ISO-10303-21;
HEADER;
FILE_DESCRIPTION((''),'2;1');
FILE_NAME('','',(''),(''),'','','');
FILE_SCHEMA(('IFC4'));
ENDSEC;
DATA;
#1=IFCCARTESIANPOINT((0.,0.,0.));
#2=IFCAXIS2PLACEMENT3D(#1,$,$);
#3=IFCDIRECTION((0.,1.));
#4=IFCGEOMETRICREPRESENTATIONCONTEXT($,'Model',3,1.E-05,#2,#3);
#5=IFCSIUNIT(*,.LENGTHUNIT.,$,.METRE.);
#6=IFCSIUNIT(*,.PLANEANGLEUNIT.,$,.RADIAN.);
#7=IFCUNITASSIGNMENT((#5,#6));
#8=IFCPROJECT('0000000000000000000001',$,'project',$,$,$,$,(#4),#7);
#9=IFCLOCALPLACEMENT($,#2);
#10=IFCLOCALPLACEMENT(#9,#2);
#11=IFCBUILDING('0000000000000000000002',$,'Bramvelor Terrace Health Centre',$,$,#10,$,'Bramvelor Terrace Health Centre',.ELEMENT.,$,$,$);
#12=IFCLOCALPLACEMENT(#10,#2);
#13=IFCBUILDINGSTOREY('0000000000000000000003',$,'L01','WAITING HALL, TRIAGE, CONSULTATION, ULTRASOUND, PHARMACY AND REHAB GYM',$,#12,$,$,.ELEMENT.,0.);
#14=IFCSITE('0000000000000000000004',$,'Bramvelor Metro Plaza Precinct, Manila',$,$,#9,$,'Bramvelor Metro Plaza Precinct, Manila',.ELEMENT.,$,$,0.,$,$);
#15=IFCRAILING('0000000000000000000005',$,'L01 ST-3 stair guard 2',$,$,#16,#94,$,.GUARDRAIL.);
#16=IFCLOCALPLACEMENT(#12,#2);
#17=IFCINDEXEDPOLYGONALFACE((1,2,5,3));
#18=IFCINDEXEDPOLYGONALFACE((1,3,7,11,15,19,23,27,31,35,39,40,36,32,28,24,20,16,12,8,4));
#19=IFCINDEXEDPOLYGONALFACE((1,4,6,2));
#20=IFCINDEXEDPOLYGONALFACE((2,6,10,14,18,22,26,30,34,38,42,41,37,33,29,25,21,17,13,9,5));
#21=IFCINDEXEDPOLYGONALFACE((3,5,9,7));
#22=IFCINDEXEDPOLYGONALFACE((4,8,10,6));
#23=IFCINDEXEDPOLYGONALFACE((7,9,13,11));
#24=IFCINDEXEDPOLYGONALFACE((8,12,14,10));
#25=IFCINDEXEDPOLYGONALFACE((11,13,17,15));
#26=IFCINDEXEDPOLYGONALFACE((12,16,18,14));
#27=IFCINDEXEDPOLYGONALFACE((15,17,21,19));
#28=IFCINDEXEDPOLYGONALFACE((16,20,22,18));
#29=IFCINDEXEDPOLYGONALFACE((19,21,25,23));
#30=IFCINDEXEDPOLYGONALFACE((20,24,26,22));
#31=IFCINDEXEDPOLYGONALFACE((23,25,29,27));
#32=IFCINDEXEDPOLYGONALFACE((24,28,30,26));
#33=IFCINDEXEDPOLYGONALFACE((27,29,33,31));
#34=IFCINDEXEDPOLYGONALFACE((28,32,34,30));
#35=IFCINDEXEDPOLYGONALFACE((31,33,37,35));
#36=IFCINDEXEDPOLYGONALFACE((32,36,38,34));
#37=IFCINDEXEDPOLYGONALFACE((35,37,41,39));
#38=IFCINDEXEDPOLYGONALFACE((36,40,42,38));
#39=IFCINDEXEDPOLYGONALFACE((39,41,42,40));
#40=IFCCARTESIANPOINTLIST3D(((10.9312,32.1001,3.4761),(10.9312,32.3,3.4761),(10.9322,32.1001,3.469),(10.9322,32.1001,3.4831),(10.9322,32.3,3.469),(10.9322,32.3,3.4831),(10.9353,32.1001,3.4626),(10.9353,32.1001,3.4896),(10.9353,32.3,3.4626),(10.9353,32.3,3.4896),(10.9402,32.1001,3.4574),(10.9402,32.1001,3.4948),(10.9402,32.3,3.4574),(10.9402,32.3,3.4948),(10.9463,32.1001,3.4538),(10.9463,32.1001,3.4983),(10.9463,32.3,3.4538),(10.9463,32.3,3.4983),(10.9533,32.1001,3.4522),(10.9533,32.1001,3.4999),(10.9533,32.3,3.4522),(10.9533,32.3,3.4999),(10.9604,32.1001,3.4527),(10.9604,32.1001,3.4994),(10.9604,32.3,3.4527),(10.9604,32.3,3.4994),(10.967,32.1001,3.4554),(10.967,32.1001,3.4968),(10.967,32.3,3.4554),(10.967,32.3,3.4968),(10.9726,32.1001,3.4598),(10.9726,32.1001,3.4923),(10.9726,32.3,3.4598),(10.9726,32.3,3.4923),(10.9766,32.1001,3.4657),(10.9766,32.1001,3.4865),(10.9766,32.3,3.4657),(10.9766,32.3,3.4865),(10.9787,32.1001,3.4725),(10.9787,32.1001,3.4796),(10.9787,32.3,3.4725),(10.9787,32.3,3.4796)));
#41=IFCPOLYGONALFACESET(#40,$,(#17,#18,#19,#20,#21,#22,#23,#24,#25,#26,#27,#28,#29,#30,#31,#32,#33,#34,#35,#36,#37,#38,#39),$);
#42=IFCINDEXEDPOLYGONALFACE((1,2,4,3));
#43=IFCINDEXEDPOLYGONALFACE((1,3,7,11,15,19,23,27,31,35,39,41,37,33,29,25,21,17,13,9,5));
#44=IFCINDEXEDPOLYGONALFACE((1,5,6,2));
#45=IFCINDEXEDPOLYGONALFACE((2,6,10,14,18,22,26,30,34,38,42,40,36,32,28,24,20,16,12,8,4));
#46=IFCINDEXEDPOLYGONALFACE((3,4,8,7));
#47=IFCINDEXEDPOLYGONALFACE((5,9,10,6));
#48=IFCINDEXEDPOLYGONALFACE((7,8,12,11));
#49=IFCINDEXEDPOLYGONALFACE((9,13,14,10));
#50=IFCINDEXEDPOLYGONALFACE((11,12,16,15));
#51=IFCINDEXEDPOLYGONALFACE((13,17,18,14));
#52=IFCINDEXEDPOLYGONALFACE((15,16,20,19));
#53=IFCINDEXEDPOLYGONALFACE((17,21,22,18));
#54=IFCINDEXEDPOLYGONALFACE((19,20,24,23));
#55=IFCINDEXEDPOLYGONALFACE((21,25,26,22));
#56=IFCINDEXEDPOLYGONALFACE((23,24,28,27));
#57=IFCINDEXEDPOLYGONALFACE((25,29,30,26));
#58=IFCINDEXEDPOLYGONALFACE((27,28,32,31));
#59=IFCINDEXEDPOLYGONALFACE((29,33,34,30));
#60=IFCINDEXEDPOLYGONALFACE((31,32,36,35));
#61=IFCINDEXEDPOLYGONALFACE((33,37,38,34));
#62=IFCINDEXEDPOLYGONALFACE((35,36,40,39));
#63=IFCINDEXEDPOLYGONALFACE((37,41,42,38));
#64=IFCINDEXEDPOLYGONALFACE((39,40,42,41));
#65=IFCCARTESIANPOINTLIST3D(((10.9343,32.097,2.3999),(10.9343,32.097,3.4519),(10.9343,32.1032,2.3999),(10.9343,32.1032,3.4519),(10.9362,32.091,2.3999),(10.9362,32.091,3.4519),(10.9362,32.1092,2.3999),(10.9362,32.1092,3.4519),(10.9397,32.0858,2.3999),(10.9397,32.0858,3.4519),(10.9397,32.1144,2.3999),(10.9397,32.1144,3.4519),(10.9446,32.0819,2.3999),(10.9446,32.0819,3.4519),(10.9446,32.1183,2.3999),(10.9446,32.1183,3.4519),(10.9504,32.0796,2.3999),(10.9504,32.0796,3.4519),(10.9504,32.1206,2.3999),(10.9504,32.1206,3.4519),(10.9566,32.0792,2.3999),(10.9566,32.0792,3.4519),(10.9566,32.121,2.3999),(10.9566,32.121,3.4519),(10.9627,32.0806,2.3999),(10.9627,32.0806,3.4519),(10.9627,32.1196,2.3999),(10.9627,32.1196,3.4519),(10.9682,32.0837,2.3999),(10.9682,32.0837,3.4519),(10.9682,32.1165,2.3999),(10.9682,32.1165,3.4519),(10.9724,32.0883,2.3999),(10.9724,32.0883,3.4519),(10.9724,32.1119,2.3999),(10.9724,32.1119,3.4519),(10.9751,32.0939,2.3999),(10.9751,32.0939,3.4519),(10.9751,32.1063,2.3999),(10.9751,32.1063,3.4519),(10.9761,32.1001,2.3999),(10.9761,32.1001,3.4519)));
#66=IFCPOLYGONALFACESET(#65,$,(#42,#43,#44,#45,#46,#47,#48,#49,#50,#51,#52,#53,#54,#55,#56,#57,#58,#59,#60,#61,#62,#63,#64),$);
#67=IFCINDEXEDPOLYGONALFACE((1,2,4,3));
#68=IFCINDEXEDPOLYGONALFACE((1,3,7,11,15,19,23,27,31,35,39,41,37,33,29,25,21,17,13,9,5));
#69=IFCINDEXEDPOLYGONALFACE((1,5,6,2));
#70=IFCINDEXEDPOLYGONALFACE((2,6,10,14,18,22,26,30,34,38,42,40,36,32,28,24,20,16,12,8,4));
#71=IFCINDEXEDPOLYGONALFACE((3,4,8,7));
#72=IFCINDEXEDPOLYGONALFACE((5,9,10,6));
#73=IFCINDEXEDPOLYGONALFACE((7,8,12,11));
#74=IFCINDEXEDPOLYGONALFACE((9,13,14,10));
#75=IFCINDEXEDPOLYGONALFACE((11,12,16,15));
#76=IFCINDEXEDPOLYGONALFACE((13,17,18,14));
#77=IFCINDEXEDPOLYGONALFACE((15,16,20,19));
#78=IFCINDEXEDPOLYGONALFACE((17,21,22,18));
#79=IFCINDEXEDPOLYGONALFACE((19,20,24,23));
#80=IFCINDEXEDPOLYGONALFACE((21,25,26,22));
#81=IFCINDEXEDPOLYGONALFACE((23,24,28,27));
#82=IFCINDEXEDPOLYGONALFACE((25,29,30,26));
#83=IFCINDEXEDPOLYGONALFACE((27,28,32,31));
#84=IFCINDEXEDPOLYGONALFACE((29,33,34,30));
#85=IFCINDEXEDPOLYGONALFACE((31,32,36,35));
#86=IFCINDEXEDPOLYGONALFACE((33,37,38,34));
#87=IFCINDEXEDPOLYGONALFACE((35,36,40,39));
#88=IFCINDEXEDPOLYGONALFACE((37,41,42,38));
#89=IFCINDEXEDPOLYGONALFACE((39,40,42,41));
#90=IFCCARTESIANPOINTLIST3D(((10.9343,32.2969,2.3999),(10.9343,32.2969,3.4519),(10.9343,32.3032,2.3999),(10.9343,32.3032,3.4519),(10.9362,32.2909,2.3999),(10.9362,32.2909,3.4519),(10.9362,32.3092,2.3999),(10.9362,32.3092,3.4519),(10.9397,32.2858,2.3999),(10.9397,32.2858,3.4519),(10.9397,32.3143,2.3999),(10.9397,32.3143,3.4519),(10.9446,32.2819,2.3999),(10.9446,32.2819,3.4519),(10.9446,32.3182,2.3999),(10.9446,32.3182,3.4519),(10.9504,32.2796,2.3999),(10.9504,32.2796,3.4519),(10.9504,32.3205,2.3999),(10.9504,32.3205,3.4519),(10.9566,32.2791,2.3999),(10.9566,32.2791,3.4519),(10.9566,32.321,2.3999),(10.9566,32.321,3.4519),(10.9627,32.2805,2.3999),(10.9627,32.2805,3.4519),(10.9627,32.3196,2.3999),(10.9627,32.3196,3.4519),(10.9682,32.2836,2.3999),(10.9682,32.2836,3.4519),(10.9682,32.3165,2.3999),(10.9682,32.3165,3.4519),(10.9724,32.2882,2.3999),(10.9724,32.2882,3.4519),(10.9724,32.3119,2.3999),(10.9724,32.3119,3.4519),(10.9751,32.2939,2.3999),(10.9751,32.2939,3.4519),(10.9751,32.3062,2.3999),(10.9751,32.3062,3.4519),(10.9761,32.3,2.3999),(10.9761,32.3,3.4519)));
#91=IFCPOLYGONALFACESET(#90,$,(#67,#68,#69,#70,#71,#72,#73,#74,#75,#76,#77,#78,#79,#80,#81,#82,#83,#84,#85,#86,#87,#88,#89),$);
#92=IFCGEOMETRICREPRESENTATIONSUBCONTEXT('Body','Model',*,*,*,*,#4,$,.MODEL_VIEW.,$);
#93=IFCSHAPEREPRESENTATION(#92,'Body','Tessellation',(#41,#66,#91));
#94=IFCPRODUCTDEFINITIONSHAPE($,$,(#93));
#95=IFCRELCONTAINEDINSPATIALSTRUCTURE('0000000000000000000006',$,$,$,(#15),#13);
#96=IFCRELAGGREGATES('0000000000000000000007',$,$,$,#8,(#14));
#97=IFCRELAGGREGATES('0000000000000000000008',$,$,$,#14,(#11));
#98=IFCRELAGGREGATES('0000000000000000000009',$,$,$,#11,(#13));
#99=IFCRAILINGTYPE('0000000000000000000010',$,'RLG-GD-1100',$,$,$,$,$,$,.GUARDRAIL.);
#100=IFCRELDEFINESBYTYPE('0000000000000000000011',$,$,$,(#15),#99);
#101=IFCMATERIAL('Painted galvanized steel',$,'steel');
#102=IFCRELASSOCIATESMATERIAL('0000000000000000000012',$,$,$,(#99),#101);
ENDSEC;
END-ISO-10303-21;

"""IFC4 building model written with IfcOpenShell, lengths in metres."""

from ifc_helpers import new_model, si_unit, direction, frame, origin, origin_2d, place, context, subcontext, project, spatial, circle, extrude, material, type_object, element, save


model = new_model("IFC4")

# Units and contexts
model_context = context("Model", 3, precision=1e-05, world=origin(), true_north=direction((0.0, 1.0)))
body_context = subcontext(model_context, "Body", "Model", "MODEL_VIEW")
ifc_project = project(units=[si_unit("LENGTHUNIT", "METRE"), si_unit("PLANEANGLEUNIT", "RADIAN")], contexts=[model_context])

# Site, building, storey
site_placement = place(None, origin())
site = spatial("IfcSite", under=ifc_project, at=site_placement, Name="Bramvelor Metro Plaza Precinct, Manila", LongName="Bramvelor Metro Plaza Precinct, Manila", CompositionType="ELEMENT", RefElevation=0.0)
building_placement = place(site_placement, origin())
building = spatial("IfcBuilding", under=site, at=building_placement, Name="Bramvelor Terrace Health Centre", LongName="Bramvelor Terrace Health Centre", CompositionType="ELEMENT")
storey_placement = place(building_placement, origin())
storey = spatial("IfcBuildingStorey", under=building, at=storey_placement, Name="L01", Description="WAITING HALL, TRIAGE, CONSULTATION, ULTRASOUND, PHARMACY AND REHAB GYM", CompositionType="ELEMENT", Elevation=0.0)

# Railing
ifc_material_1 = material(Name="Painted galvanized steel", Category="steel")
railing_type_1 = type_object("IfcRailingType", Name="RLG-GD-1100", PredefinedType="GUARDRAIL", material=ifc_material_1)
railing_1_placement = place(storey_placement, frame((10.9551, 32.1001, 2.3999)))
element("IfcRailing", 1, at=railing_1_placement, inside=storey, type_object=railing_type_1, Name="L01 ST-3 stair guard 2", PredefinedType="GUARDRAIL", context=body_context, shape_type="SweptSolid", body=[
    extrude(circle(Radius=0.0239, at=origin_2d()), frame((0.0, 0.0, 1.0762), z_axis=(0.0, 1.0, 0.0), x_axis=(-1.0, 0.0, 0.0)), (0.0, 0.0, 1.0), 0.2),
    extrude(circle(Radius=0.021, at=origin_2d()), origin(), (0.0, 0.0, 1.0), 1.052),
    extrude(circle(Radius=0.021, at=origin_2d()), frame((0.0, 0.2, 0.0)), (0.0, 0.0, 1.0), 1.052),
])

save(model, "model.ifc")
